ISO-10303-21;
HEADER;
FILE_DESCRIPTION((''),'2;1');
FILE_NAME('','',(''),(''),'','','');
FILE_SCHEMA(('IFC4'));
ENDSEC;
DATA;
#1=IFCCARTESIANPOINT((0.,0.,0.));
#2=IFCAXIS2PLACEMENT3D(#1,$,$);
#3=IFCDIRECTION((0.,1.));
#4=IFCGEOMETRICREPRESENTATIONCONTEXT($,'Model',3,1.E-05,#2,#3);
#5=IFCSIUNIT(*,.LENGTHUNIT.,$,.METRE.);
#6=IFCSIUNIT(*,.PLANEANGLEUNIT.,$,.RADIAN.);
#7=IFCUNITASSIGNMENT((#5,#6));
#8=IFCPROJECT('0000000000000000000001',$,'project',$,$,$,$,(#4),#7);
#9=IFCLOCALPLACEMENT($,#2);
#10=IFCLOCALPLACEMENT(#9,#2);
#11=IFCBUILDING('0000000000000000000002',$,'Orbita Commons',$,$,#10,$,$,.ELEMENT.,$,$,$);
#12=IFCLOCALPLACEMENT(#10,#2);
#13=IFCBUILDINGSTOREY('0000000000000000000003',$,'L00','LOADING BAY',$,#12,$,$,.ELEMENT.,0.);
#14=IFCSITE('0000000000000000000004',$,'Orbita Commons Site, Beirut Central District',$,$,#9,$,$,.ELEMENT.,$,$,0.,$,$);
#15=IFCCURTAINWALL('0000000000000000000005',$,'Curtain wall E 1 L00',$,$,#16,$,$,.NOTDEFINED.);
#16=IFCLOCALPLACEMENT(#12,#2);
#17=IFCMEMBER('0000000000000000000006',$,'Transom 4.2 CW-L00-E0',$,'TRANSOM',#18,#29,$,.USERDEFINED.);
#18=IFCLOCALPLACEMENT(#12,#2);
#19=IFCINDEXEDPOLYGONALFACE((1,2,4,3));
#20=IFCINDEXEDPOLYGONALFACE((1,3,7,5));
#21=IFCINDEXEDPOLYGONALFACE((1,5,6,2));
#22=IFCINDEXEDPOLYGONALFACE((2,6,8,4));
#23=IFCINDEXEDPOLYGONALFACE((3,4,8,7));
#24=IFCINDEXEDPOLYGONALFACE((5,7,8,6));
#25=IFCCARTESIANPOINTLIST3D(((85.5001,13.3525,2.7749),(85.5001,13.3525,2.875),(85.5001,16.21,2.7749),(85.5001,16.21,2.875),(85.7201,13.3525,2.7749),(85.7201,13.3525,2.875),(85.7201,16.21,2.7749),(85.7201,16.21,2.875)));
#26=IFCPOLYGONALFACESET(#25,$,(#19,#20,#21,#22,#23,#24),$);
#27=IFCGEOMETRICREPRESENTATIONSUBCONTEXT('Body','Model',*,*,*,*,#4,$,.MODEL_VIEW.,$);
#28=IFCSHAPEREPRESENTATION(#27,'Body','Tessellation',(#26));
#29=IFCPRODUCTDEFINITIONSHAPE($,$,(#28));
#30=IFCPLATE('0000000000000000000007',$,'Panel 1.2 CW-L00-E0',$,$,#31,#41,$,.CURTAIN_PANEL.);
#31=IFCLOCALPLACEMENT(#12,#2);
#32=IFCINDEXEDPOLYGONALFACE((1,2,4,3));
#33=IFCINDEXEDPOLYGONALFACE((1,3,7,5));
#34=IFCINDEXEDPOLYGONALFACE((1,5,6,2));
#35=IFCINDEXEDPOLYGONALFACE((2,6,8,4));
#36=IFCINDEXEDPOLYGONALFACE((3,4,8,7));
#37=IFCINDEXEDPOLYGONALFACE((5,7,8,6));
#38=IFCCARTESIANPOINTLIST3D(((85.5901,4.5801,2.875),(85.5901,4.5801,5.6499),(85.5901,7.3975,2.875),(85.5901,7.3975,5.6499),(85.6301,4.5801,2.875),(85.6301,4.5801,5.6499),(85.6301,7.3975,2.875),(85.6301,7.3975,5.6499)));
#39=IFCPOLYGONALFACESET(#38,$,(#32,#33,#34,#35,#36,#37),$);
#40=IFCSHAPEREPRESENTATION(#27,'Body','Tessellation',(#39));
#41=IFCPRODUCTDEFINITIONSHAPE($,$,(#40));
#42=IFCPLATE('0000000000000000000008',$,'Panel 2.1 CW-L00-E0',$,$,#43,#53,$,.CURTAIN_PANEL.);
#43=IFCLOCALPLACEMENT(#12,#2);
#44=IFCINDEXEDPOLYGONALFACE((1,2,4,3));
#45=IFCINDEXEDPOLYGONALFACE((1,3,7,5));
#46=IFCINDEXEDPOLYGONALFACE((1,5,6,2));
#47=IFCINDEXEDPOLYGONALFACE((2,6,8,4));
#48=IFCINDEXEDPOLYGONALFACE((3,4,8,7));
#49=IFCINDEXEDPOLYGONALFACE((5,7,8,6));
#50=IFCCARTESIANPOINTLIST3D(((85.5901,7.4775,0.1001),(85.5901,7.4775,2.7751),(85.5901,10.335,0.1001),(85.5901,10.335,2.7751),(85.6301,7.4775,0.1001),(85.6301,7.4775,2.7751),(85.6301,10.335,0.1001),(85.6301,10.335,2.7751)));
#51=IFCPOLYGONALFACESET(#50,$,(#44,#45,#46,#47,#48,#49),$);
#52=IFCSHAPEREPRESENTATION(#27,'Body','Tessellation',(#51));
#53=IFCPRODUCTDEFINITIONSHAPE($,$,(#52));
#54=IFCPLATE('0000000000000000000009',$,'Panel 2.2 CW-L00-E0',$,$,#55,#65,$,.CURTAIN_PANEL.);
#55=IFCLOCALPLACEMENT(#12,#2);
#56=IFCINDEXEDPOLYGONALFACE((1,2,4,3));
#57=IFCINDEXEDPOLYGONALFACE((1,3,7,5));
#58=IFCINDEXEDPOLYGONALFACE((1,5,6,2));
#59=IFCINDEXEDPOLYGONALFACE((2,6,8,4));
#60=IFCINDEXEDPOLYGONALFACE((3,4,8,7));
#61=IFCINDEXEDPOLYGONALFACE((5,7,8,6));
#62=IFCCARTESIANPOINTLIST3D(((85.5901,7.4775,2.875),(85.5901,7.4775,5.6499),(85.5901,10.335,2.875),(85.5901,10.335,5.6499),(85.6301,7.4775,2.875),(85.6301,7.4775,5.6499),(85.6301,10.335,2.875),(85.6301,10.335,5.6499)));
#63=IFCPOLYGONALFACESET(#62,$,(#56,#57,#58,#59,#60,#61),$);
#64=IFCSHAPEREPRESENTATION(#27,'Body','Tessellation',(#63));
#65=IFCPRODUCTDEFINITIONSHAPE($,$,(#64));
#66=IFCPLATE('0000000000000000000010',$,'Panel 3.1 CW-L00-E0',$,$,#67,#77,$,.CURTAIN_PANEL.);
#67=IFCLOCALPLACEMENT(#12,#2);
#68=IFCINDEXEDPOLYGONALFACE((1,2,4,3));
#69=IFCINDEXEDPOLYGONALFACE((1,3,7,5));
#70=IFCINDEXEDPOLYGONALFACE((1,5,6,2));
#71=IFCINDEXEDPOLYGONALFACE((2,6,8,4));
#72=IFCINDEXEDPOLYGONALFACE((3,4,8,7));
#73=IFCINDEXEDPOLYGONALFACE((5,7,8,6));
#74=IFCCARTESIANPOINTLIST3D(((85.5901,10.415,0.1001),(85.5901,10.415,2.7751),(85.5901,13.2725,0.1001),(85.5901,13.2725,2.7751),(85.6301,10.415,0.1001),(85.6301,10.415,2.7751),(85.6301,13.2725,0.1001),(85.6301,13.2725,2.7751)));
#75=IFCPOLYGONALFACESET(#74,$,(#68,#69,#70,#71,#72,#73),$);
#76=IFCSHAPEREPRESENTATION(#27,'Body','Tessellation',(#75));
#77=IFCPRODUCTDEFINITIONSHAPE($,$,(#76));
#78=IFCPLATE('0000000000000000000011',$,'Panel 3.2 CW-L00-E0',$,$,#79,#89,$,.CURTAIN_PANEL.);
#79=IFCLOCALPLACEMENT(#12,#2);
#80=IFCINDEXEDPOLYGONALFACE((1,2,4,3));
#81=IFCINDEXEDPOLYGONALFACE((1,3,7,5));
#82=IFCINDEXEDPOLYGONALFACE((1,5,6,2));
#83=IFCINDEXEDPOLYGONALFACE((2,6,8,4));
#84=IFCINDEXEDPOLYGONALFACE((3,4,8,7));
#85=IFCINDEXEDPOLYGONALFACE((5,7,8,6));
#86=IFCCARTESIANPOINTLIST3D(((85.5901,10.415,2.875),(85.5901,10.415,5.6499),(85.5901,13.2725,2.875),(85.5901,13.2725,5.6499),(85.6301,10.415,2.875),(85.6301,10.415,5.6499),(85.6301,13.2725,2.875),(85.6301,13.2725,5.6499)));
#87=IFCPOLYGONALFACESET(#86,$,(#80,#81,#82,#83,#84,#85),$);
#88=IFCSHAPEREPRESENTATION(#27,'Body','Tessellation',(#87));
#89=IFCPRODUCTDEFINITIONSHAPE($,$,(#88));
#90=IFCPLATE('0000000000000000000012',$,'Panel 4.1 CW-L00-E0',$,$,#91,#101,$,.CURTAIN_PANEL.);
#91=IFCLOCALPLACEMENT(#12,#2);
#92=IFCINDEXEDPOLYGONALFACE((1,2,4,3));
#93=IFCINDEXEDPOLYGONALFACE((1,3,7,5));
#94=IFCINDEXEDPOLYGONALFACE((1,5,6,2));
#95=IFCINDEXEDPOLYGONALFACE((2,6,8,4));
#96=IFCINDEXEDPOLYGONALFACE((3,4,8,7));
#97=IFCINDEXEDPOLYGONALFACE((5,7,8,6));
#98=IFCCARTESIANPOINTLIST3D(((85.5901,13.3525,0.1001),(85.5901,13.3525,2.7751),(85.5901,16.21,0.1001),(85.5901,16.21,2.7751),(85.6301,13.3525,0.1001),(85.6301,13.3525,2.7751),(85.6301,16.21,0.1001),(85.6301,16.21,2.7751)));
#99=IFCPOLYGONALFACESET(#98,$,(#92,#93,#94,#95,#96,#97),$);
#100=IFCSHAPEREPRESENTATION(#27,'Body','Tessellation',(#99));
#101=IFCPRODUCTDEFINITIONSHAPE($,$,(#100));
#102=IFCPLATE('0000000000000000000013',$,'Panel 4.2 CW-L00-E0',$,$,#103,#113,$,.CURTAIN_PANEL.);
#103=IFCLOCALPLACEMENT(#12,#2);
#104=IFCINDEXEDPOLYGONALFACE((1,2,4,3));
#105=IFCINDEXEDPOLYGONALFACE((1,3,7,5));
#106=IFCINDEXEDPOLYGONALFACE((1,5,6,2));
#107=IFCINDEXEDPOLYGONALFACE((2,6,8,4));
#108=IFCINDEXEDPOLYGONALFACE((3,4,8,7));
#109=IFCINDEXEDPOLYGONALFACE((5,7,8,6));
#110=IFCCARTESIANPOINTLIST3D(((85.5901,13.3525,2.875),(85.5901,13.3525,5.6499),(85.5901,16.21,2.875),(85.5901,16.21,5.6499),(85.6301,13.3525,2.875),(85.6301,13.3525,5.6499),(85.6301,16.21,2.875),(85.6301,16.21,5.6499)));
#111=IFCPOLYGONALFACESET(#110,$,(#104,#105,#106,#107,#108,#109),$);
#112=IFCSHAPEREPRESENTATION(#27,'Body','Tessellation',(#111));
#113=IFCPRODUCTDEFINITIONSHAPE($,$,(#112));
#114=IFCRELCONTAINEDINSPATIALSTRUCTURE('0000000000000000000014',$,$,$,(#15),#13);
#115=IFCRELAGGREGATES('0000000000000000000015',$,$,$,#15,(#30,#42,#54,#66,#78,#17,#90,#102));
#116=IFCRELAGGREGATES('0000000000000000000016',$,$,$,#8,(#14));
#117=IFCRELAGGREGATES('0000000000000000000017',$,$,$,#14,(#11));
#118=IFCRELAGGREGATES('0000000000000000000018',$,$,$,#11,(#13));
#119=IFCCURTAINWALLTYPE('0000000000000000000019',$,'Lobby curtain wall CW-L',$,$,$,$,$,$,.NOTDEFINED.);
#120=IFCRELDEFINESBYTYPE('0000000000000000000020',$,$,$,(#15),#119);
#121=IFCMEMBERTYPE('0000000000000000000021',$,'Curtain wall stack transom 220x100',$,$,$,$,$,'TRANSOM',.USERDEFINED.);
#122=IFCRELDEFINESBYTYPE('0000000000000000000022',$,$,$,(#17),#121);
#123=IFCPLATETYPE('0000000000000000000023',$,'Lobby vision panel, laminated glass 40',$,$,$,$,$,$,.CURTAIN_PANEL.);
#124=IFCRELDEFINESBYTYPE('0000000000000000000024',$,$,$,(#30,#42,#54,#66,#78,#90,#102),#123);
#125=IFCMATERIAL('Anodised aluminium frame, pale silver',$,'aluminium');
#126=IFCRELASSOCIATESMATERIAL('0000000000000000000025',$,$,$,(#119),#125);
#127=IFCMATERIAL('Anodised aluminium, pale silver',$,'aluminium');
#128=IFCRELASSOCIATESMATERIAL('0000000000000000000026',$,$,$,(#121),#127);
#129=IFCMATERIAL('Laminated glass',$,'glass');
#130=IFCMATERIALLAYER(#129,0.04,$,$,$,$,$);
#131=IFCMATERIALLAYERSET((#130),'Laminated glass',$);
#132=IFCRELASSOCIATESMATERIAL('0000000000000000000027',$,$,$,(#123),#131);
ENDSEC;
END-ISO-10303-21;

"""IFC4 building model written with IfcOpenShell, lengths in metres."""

from ifc_helpers import new_model, si_unit, direction, frame, origin, origin_2d, place, context, subcontext, project, spatial, rectangle, extrude, material, layer, layer_set, material_profile, profile_set, type_object, element, aggregate, save


model = new_model("IFC4")

# Units and contexts
model_context = context("Model", 3, precision=1e-05, world=origin(), true_north=direction((0.0, 1.0)))
body_context = subcontext(model_context, "Body", "Model", "MODEL_VIEW")
ifc_project = project(units=[si_unit("LENGTHUNIT", "METRE"), si_unit("PLANEANGLEUNIT", "RADIAN")], contexts=[model_context])

# Site, building, storey
site_placement = place(None, origin())
site = spatial("IfcSite", under=ifc_project, at=site_placement, Name="Orbita Commons Site, Beirut Central District", CompositionType="ELEMENT", RefElevation=0.0)
building_placement = place(site_placement, origin())
building = spatial("IfcBuilding", under=site, at=building_placement, Name="Orbita Commons", CompositionType="ELEMENT")
storey_placement = place(building_placement, origin())
storey = spatial("IfcBuildingStorey", under=building, at=storey_placement, Name="L00", Description="LOADING BAY", CompositionType="ELEMENT", Elevation=0.0)

# Curtain wall, member, plates
ifc_material_1 = material(Name="Anodised aluminium frame, pale silver", Category="aluminium")
curtain_wall_type = type_object("IfcCurtainWallType", Name="Lobby curtain wall CW-L", PredefinedType="NOTDEFINED", material=ifc_material_1)
curtain_wall_placement = place(storey_placement, origin())
curtain_wall = element("IfcCurtainWall", 1, at=curtain_wall_placement, inside=storey, type_object=curtain_wall_type, Name="Curtain wall E 1 L00", PredefinedType="NOTDEFINED")
ifc_material_2 = material(Name="Anodised aluminium, pale silver", Category="aluminium")
ifc_material_profile_1 = material_profile(ifc_material_2, rectangle(XDim=0.22, YDim=0.1001, at=origin_2d()), Name="AL 220x100")
ifc_profile_set_1 = profile_set([ifc_material_profile_1], Name="Anodised aluminium, pale silver")
member_type_1 = type_object("IfcMemberType", Name="Curtain wall stack transom 220x100", ElementType="TRANSOM", PredefinedType="USERDEFINED", material=ifc_profile_set_1)
member_1_placement = place(storey_placement, frame((85.6101, 13.3525, 2.825), z_axis=(0.0, 1.0, 0.0), x_axis=(-1.0, 0.0, 0.0)))
member_1 = element("IfcMember", 2, at=member_1_placement, type_object=member_type_1, Name="Transom 4.2 CW-L00-E0", ObjectType="TRANSOM", PredefinedType="USERDEFINED", context=body_context, shape_type="SweptSolid", body=[
    extrude(rectangle(XDim=0.22, YDim=0.1001, at=origin_2d()), origin(), (0.0, 0.0, 1.0), 2.8574),
])
ifc_material_3 = material(Name="Laminated glass", Category="glass")
ifc_layer = layer(ifc_material_3, 0.04)
ifc_layer_set = layer_set([ifc_layer], Name="Laminated glass")
plate_type = type_object("IfcPlateType", Name="Lobby vision panel, laminated glass 40", PredefinedType="CURTAIN_PANEL", material=ifc_layer_set)
plate_1_placement = place(storey_placement, frame((85.6101, 5.9888, 2.875), z_axis=(0.0, 0.0, 1.0), x_axis=(0.0, 1.0, 0.0)))
plate_1 = element("IfcPlate", 3, at=plate_1_placement, type_object=plate_type, Name="Panel 1.2 CW-L00-E0", PredefinedType="CURTAIN_PANEL", context=body_context, shape_type="SweptSolid", body=[
    extrude(rectangle(XDim=2.8174, YDim=0.04, at=origin_2d()), origin(), (0.0, 0.0, 1.0), 2.7749),
])
plate_2_placement = place(storey_placement, frame((85.6101, 8.9062, 0.1001), z_axis=(0.0, 0.0, 1.0), x_axis=(0.0, 1.0, 0.0)))
plate_2 = element("IfcPlate", 4, at=plate_2_placement, type_object=plate_type, Name="Panel 2.1 CW-L00-E0", PredefinedType="CURTAIN_PANEL", context=body_context, shape_type="SweptSolid", body=[
    extrude(rectangle(XDim=2.8574, YDim=0.04, at=origin_2d()), origin(), (0.0, 0.0, 1.0), 2.675),
])
plate_3_placement = place(storey_placement, frame((85.6101, 8.9062, 2.875), z_axis=(0.0, 0.0, 1.0), x_axis=(0.0, 1.0, 0.0)))
plate_3 = element("IfcPlate", 5, at=plate_3_placement, type_object=plate_type, Name="Panel 2.2 CW-L00-E0", PredefinedType="CURTAIN_PANEL", context=body_context, shape_type="SweptSolid", body=[
    extrude(rectangle(XDim=2.8574, YDim=0.04, at=origin_2d()), origin(), (0.0, 0.0, 1.0), 2.7749),
])
plate_4_placement = place(storey_placement, frame((85.6101, 11.8438, 0.1001), z_axis=(0.0, 0.0, 1.0), x_axis=(0.0, 1.0, 0.0)))
plate_4 = element("IfcPlate", 6, at=plate_4_placement, type_object=plate_type, Name="Panel 3.1 CW-L00-E0", PredefinedType="CURTAIN_PANEL", context=body_context, shape_type="SweptSolid", body=[
    extrude(rectangle(XDim=2.8574, YDim=0.04, at=origin_2d()), origin(), (0.0, 0.0, 1.0), 2.675),
])
plate_5_placement = place(storey_placement, frame((85.6101, 11.8438, 2.875), z_axis=(0.0, 0.0, 1.0), x_axis=(0.0, 1.0, 0.0)))
plate_5 = element("IfcPlate", 7, at=plate_5_placement, type_object=plate_type, Name="Panel 3.2 CW-L00-E0", PredefinedType="CURTAIN_PANEL", context=body_context, shape_type="SweptSolid", body=[
    extrude(rectangle(XDim=2.8574, YDim=0.04, at=origin_2d()), origin(), (0.0, 0.0, 1.0), 2.7749),
])
plate_6_placement = place(storey_placement, frame((85.6101, 14.7812, 0.1001), z_axis=(0.0, 0.0, 1.0), x_axis=(0.0, 1.0, 0.0)))
plate_6 = element("IfcPlate", 8, at=plate_6_placement, type_object=plate_type, Name="Panel 4.1 CW-L00-E0", PredefinedType="CURTAIN_PANEL", context=body_context, shape_type="SweptSolid", body=[
    extrude(rectangle(XDim=2.8574, YDim=0.04, at=origin_2d()), origin(), (0.0, 0.0, 1.0), 2.675),
])
plate_7_placement = place(storey_placement, frame((85.6101, 14.7812, 2.875), z_axis=(0.0, 0.0, 1.0), x_axis=(0.0, 1.0, 0.0)))
plate_7 = element("IfcPlate", 9, at=plate_7_placement, type_object=plate_type, Name="Panel 4.2 CW-L00-E0", PredefinedType="CURTAIN_PANEL", context=body_context, shape_type="SweptSolid", body=[
    extrude(rectangle(XDim=2.8574, YDim=0.04, at=origin_2d()), origin(), (0.0, 0.0, 1.0), 2.7749),
])
aggregate(curtain_wall, [plate_1, plate_2, plate_3, plate_4, plate_5, member_1, plate_6, plate_7])

save(model, "model.ifc")
